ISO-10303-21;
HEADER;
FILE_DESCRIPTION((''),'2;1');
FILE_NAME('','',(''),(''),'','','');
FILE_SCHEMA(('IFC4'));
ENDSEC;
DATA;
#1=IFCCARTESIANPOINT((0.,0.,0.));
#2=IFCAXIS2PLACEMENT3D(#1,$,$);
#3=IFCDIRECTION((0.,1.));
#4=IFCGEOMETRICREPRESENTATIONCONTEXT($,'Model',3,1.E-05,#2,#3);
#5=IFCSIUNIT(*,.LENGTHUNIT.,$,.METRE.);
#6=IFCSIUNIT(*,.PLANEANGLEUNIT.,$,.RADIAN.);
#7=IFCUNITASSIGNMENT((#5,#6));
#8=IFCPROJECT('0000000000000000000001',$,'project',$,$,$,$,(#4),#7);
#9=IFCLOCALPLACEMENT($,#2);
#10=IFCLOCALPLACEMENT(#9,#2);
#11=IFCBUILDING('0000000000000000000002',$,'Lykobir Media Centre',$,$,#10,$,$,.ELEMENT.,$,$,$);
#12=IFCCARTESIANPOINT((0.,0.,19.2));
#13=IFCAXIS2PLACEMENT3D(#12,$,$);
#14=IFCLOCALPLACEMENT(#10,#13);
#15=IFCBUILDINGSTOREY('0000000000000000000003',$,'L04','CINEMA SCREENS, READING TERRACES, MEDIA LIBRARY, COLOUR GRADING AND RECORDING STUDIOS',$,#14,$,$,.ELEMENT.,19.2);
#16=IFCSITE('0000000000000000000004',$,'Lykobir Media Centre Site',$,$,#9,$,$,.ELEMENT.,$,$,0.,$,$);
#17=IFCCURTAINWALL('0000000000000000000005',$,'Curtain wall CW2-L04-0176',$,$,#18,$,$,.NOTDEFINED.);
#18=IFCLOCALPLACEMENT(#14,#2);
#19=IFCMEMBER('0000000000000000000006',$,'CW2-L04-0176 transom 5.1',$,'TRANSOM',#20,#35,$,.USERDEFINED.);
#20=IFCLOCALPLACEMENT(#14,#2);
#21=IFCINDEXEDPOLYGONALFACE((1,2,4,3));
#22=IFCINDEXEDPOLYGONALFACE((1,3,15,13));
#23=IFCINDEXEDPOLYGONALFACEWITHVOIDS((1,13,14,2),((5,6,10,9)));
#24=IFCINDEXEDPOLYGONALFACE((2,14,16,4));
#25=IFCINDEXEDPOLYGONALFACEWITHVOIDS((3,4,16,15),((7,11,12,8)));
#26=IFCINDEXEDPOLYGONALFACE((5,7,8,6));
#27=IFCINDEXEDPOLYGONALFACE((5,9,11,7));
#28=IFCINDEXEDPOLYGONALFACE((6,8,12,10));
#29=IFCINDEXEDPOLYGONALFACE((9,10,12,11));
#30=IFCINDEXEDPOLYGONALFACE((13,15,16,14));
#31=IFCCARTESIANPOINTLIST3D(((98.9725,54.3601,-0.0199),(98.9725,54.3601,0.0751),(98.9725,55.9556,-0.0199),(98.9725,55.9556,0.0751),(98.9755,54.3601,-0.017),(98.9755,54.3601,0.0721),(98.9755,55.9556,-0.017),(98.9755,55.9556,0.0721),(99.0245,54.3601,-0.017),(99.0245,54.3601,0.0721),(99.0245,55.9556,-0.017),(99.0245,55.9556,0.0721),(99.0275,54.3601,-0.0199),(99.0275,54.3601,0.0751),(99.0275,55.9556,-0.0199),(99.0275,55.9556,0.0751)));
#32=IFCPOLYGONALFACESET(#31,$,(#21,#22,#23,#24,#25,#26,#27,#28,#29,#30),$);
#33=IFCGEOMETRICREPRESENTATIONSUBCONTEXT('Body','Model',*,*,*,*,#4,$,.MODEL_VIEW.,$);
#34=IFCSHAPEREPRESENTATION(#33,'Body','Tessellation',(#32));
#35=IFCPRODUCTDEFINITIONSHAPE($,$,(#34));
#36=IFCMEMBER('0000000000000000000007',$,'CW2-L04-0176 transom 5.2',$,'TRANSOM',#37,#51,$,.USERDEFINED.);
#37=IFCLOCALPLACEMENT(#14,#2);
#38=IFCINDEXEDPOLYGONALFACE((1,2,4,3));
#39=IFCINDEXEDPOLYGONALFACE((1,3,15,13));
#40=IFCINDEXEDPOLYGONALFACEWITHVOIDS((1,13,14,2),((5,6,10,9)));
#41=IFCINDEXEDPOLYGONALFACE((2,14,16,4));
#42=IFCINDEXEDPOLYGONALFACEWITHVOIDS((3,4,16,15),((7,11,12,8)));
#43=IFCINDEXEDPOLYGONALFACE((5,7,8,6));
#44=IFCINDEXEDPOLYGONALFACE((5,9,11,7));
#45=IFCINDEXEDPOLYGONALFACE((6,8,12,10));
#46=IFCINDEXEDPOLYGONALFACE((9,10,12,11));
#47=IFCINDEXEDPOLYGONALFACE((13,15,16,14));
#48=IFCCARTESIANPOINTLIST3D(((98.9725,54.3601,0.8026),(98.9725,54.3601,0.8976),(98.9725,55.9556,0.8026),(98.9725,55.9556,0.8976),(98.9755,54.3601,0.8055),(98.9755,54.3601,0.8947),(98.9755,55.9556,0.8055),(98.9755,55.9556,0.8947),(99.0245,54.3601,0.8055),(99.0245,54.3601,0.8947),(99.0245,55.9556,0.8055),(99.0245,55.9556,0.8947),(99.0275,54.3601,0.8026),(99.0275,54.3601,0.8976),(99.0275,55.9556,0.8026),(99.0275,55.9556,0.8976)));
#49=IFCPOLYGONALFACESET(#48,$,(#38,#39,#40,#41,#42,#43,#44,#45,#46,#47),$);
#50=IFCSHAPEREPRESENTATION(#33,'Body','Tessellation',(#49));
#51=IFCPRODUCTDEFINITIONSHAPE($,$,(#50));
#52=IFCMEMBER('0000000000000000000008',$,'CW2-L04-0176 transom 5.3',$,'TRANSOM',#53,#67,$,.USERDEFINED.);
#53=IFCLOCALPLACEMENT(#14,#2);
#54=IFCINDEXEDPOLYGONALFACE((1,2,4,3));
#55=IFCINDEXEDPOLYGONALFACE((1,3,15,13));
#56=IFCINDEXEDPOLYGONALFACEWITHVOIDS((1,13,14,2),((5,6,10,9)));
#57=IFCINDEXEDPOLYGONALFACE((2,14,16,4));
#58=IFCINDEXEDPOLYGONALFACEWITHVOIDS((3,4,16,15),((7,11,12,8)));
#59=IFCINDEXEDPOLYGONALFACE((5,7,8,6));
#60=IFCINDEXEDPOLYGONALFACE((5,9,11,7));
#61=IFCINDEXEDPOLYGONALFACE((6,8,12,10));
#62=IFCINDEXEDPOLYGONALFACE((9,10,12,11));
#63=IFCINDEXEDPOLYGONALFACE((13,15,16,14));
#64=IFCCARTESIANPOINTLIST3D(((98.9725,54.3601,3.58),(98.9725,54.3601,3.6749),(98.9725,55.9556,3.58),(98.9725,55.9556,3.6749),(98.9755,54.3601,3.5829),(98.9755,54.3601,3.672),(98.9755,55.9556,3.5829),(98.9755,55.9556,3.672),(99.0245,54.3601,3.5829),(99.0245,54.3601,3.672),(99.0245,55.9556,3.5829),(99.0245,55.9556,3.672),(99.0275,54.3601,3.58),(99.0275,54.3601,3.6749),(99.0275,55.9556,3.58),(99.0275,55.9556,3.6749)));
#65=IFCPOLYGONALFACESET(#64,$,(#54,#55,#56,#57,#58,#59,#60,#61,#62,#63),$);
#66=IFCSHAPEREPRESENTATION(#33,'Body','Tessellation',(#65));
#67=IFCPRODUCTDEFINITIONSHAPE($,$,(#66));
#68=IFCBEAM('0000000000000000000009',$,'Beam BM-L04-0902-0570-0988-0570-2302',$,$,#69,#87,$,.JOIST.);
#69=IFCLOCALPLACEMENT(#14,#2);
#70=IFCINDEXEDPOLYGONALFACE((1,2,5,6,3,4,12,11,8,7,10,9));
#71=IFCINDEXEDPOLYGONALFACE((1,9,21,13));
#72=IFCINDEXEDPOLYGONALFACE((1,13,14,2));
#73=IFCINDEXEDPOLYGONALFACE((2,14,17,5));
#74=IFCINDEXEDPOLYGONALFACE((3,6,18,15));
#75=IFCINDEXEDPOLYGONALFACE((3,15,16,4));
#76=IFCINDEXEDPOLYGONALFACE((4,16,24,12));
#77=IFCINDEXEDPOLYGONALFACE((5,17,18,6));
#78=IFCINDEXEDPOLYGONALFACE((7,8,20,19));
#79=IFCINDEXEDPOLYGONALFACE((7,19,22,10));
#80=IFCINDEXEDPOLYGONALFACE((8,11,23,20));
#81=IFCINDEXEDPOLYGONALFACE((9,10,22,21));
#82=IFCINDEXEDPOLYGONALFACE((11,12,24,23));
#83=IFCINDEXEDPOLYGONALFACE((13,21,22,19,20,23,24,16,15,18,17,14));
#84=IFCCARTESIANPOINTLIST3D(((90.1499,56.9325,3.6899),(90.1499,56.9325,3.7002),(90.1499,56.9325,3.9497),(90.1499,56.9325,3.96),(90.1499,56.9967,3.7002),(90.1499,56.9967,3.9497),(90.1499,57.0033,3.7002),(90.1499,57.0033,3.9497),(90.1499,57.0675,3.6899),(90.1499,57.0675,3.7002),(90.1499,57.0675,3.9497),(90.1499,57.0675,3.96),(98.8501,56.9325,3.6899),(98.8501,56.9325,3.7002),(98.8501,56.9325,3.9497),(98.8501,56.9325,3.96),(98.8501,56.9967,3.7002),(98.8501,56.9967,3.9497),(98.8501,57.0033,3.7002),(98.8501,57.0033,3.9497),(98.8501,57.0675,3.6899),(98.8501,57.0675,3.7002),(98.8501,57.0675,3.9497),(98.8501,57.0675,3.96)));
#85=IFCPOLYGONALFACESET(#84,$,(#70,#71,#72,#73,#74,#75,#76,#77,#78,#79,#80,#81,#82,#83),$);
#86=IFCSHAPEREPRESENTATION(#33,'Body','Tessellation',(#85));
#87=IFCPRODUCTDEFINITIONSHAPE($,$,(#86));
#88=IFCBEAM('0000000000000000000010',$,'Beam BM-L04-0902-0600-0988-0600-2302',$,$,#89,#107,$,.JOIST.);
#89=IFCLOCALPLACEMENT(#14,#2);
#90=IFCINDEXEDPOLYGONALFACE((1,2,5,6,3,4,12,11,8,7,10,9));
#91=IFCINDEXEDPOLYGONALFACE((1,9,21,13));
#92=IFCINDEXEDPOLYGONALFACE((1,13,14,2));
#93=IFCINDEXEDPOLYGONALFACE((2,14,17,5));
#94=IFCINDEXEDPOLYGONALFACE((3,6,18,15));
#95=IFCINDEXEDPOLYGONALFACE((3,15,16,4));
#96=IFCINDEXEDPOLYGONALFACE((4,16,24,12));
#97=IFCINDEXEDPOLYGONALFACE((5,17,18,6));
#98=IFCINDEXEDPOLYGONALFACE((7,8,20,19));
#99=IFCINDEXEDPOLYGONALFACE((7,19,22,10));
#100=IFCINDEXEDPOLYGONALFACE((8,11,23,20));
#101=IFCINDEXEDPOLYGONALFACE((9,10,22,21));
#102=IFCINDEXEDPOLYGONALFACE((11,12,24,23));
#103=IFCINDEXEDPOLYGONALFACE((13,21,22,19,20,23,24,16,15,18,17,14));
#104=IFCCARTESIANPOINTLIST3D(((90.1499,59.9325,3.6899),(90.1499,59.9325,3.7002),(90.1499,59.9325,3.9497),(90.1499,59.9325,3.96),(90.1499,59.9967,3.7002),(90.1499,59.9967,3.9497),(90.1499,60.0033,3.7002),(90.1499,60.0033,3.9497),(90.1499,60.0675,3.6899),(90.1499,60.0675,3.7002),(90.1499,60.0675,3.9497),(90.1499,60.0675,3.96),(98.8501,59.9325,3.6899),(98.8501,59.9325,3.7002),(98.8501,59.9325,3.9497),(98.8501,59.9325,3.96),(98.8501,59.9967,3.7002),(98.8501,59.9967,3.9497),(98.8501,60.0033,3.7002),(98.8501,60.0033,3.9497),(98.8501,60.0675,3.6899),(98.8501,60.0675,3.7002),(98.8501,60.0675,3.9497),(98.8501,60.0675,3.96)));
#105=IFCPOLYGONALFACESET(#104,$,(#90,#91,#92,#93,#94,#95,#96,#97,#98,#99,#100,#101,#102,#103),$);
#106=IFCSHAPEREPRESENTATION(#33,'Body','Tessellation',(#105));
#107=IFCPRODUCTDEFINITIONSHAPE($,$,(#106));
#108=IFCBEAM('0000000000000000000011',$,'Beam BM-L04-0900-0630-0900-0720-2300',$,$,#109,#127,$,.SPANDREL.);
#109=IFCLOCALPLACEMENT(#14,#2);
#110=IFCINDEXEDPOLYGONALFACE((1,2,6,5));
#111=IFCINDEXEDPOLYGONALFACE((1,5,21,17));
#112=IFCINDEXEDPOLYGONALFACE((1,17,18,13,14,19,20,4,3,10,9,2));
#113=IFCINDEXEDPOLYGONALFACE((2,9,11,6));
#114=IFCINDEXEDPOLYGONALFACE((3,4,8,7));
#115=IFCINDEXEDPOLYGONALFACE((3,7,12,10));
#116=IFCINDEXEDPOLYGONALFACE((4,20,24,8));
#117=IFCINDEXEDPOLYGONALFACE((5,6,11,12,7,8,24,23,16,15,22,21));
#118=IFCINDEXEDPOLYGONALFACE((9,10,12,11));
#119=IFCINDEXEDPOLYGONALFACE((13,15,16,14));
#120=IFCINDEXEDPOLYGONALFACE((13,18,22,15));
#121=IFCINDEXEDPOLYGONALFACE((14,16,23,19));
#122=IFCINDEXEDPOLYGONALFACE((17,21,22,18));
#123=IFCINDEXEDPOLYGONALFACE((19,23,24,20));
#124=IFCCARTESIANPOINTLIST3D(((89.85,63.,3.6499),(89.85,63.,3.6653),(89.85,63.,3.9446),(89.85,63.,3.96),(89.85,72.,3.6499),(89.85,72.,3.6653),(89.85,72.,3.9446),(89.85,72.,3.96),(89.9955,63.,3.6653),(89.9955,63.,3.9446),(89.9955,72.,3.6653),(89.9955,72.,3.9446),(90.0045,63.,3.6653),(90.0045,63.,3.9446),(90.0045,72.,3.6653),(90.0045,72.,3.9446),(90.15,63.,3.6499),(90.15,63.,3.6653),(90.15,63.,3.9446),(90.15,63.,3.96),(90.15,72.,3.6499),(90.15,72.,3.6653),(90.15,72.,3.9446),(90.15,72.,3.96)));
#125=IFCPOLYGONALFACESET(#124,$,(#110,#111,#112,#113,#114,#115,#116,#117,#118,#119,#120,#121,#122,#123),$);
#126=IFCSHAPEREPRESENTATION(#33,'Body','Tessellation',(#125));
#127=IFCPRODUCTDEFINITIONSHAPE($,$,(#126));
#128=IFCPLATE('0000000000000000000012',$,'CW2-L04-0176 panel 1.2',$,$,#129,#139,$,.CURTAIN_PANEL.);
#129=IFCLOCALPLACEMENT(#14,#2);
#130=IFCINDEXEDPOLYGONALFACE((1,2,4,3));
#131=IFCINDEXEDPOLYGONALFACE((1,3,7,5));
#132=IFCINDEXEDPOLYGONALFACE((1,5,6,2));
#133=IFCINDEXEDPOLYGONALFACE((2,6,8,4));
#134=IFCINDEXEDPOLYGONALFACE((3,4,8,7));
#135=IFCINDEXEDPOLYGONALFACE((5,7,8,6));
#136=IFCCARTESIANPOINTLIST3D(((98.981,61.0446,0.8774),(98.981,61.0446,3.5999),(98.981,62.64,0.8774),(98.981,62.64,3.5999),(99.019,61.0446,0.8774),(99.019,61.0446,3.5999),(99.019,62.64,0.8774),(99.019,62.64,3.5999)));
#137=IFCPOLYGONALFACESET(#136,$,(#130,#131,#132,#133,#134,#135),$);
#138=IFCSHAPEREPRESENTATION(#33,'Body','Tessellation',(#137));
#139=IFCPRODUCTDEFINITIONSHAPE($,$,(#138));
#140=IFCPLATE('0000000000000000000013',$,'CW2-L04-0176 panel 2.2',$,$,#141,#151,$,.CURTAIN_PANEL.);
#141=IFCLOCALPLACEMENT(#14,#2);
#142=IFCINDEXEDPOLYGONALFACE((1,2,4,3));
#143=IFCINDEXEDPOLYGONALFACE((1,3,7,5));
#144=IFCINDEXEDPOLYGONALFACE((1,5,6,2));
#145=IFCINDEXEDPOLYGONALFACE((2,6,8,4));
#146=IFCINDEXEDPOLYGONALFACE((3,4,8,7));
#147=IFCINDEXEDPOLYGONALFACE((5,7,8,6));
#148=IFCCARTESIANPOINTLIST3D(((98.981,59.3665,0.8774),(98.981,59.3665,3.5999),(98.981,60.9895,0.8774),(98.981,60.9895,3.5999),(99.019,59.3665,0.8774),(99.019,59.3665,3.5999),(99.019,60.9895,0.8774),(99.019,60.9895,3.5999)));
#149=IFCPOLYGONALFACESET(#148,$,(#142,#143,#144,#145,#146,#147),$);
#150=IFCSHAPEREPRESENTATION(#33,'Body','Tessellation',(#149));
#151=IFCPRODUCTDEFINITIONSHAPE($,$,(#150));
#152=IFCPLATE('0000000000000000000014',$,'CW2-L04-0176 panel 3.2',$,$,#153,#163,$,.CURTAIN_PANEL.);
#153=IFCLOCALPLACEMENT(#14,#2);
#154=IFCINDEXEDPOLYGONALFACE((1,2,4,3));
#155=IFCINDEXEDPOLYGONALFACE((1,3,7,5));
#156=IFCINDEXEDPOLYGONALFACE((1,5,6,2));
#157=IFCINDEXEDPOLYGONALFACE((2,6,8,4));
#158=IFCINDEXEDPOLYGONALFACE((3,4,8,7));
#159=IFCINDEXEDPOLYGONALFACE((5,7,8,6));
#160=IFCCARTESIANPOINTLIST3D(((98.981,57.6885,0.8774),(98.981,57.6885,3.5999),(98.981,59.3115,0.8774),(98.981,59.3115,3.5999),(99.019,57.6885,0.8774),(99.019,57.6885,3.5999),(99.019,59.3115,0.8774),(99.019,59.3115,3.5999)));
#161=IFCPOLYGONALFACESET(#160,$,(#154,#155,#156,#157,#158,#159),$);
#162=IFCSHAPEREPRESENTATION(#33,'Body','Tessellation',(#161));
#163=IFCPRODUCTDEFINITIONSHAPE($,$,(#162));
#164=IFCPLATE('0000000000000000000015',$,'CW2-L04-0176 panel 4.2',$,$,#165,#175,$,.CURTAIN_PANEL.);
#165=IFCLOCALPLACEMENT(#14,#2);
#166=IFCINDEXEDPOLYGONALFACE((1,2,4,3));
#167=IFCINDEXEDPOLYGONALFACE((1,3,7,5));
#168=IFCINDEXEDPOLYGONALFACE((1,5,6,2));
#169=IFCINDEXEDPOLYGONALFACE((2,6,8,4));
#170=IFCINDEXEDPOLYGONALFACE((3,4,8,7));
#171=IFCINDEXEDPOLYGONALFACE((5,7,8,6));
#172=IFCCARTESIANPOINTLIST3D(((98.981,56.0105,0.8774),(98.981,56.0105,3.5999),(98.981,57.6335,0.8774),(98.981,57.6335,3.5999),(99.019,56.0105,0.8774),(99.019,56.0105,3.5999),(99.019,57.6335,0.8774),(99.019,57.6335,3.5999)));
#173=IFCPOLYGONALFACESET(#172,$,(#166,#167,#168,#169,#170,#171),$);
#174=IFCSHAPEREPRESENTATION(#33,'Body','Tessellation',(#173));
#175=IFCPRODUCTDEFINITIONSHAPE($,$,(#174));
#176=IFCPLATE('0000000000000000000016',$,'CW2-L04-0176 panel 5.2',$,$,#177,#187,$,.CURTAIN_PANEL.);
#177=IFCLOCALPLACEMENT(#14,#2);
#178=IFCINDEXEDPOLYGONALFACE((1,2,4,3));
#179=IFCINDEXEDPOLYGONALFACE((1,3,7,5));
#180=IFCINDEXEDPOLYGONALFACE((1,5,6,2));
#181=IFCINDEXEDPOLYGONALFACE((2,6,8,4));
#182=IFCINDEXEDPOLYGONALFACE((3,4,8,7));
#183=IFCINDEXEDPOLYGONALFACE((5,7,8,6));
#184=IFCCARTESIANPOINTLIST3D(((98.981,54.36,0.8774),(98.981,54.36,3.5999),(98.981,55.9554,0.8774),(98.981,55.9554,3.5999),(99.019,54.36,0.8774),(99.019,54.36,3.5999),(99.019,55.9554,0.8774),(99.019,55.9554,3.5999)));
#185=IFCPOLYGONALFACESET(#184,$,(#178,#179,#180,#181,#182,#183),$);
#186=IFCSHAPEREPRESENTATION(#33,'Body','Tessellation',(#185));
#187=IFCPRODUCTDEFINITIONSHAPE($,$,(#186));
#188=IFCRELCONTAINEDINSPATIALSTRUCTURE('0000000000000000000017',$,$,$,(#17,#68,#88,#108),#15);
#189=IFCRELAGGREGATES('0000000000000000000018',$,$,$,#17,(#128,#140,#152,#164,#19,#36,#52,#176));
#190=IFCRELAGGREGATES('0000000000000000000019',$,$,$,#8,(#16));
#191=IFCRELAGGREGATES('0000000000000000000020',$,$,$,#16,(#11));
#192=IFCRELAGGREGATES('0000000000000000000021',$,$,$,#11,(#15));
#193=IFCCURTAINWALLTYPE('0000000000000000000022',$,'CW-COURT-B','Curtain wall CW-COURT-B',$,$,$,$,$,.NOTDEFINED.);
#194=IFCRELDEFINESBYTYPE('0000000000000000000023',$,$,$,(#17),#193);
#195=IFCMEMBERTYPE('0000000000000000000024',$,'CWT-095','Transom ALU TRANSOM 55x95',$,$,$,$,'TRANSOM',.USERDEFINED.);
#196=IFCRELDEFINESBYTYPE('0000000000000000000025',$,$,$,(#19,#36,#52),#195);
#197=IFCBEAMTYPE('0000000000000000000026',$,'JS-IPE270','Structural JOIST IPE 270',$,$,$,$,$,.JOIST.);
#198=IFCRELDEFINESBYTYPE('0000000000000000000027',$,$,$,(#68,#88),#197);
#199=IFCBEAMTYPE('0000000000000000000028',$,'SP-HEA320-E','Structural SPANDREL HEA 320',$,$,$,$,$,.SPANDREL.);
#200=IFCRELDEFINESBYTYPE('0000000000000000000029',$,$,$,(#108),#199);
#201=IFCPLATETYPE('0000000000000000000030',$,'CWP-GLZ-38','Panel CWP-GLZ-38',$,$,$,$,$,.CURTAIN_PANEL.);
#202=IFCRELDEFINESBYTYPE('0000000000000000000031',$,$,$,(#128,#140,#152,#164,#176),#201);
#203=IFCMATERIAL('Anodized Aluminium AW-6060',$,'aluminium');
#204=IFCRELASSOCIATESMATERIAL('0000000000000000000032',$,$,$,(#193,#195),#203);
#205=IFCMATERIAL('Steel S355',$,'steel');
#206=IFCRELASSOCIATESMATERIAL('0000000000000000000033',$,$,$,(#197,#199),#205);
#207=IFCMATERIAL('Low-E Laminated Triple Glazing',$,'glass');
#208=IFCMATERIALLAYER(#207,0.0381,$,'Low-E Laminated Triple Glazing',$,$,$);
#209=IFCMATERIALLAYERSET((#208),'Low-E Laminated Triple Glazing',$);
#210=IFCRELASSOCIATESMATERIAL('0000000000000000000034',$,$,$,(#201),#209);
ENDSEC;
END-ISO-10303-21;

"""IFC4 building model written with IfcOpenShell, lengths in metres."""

from ifc_helpers import new_model, si_unit, direction, frame, origin, origin_2d, place, context, subcontext, project, spatial, rectangle, hollow_rectangle, i_section, extrude, material, layer, layer_set, material_profile, profile_set, type_object, element, aggregate, save


model = new_model("IFC4")

# Units and contexts
model_context = context("Model", 3, precision=1e-05, world=origin(), true_north=direction((0.0, 1.0)))
body_context = subcontext(model_context, "Body", "Model", "MODEL_VIEW")
ifc_project = project(units=[si_unit("LENGTHUNIT", "METRE"), si_unit("PLANEANGLEUNIT", "RADIAN")], contexts=[model_context])

# Site, building, storey
site_placement = place(None, origin())
site = spatial("IfcSite", under=ifc_project, at=site_placement, Name="Lykobir Media Centre Site", CompositionType="ELEMENT", RefElevation=0.0)
building_placement = place(site_placement, origin())
building = spatial("IfcBuilding", under=site, at=building_placement, Name="Lykobir Media Centre", CompositionType="ELEMENT")
storey_placement = place(building_placement, frame((0.0, 0.0, 19.2)))
storey = spatial("IfcBuildingStorey", under=building, at=storey_placement, Name="L04", Description="CINEMA SCREENS, READING TERRACES, MEDIA LIBRARY, COLOUR GRADING AND RECORDING STUDIOS", CompositionType="ELEMENT", Elevation=19.2)

# Shared definitions
ifc_material_1 = material(Name="Steel S355", Category="steel")

# Curtain wall
ifc_material_2 = material(Name="Anodized Aluminium AW-6060", Category="aluminium")
curtain_wall_type = type_object("IfcCurtainWallType", Name="CW-COURT-B", Description="Curtain wall CW-COURT-B", PredefinedType="NOTDEFINED", material=ifc_material_2)
curtain_wall_1_placement = place(storey_placement, origin())
curtain_wall_1 = element("IfcCurtainWall", 1, at=curtain_wall_1_placement, inside=storey, type_object=curtain_wall_type, Name="Curtain wall CW2-L04-0176", PredefinedType="NOTDEFINED")

# Members
ifc_material_profile_1 = material_profile(ifc_material_2, hollow_rectangle(XDim=0.0549, YDim=0.095, WallThickness=0.0029, at=origin_2d()), Name="ALU TRANSOM 55x95")
ifc_profile_set_1 = profile_set([ifc_material_profile_1], Name="Anodized Aluminium AW-6060")
member_type_1 = type_object("IfcMemberType", Name="CWT-095", Description="Transom ALU TRANSOM 55x95", ElementType="TRANSOM", PredefinedType="USERDEFINED", material=ifc_profile_set_1)
member_1_placement = place(storey_placement, frame((99.0, 55.9556, 0.0276), z_axis=(0.0, -1.0, 0.0), x_axis=(1.0, 0.0, 0.0)))
member_1 = element("IfcMember", 2, at=member_1_placement, type_object=member_type_1, Name="CW2-L04-0176 transom 5.1", ObjectType="TRANSOM", PredefinedType="USERDEFINED", context=body_context, shape_type="SweptSolid", body=[
    extrude(hollow_rectangle(XDim=0.0549, YDim=0.095, WallThickness=0.0029, at=origin_2d()), origin(), (0.0, 0.0, 1.0), 1.5955),
])
member_2_placement = place(storey_placement, frame((99.0, 55.9556, 0.8501), z_axis=(0.0, -1.0, 0.0), x_axis=(1.0, 0.0, 0.0)))
member_2 = element("IfcMember", 3, at=member_2_placement, type_object=member_type_1, Name="CW2-L04-0176 transom 5.2", ObjectType="TRANSOM", PredefinedType="USERDEFINED", context=body_context, shape_type="SweptSolid", body=[
    extrude(hollow_rectangle(XDim=0.0549, YDim=0.095, WallThickness=0.0029, at=origin_2d()), origin(), (0.0, 0.0, 1.0), 1.5955),
])
member_3_placement = place(storey_placement, frame((99.0, 55.9556, 3.6274), z_axis=(0.0, -1.0, 0.0), x_axis=(1.0, 0.0, 0.0)))
member_3 = element("IfcMember", 4, at=member_3_placement, type_object=member_type_1, Name="CW2-L04-0176 transom 5.3", ObjectType="TRANSOM", PredefinedType="USERDEFINED", context=body_context, shape_type="SweptSolid", body=[
    extrude(hollow_rectangle(XDim=0.0549, YDim=0.095, WallThickness=0.0029, at=origin_2d()), origin(), (0.0, 0.0, 1.0), 1.5955),
])

# Beams
ifc_material_profile_2 = material_profile(ifc_material_1, i_section(OverallWidth=0.135, OverallDepth=0.27, WebThickness=0.0066, FlangeThickness=0.0103, at=origin_2d()), Name="IPE 270")
ifc_profile_set_2 = profile_set([ifc_material_profile_2], Name="Steel S355")
beam_type_1 = type_object("IfcBeamType", Name="JS-IPE270", Description="Structural JOIST IPE 270", PredefinedType="JOIST", material=ifc_profile_set_2)
for number, where, z_axis, x_axis, name in (
    (5, (90.1499, 57.0, 3.825), (1.0, 0.0, 0.0), (0.0, 1.0, 0.0), "Beam BM-L04-0902-0570-0988-0570-2302"),
    (6, (90.1499, 60.0, 3.825), (1.0, 0.0, 0.0), (0.0, 1.0, 0.0), "Beam BM-L04-0902-0600-0988-0600-2302"),
):
    element("IfcBeam", number, at=place(storey_placement, frame(where, z_axis=z_axis, x_axis=x_axis)), inside=storey, type_object=beam_type_1, Name=name, PredefinedType="JOIST", context=body_context, shape_type="SweptSolid", body=[
        extrude(i_section(OverallWidth=0.135, OverallDepth=0.27, WebThickness=0.0066, FlangeThickness=0.0103, at=origin_2d()), origin(), (0.0, 0.0, 1.0), 8.7002),
    ])
ifc_material_profile_3 = material_profile(ifc_material_1, i_section(OverallWidth=0.3, OverallDepth=0.3101, WebThickness=0.009, FlangeThickness=0.0154, at=origin_2d()), Name="HEA 320")
ifc_profile_set_3 = profile_set([ifc_material_profile_3], Name="Steel S355")
beam_type_2 = type_object("IfcBeamType", Name="SP-HEA320-E", Description="Structural SPANDREL HEA 320", PredefinedType="SPANDREL", material=ifc_profile_set_3)
beam_1_placement = place(storey_placement, frame((90.0, 63.0, 3.8049), z_axis=(0.0, 1.0, 0.0), x_axis=(-1.0, 0.0, 0.0)))
element("IfcBeam", 7, at=beam_1_placement, inside=storey, type_object=beam_type_2, Name="Beam BM-L04-0900-0630-0900-0720-2300", PredefinedType="SPANDREL", context=body_context, shape_type="SweptSolid", body=[
    extrude(i_section(OverallWidth=0.3, OverallDepth=0.3101, WebThickness=0.009, FlangeThickness=0.0154, at=origin_2d()), origin(), (0.0, 0.0, 1.0), 9.0),
])

# Plates
ifc_material_3 = material(Name="Low-E Laminated Triple Glazing", Category="glass")
ifc_layer_1 = layer(ifc_material_3, 0.0381, Name="Low-E Laminated Triple Glazing")
ifc_layer_set_1 = layer_set([ifc_layer_1], Name="Low-E Laminated Triple Glazing")
plate_type_1 = type_object("IfcPlateType", Name="CWP-GLZ-38", Description="Panel CWP-GLZ-38", PredefinedType="CURTAIN_PANEL", material=ifc_layer_set_1)
plate_1_placement = place(storey_placement, frame((99.0, 61.8423, 0.8774), z_axis=(0.0, 0.0, 1.0), x_axis=(0.0, -1.0, 0.0)))
plate_1 = element("IfcPlate", 8, at=plate_1_placement, type_object=plate_type_1, Name="CW2-L04-0176 panel 1.2", PredefinedType="CURTAIN_PANEL", context=body_context, shape_type="SweptSolid", body=[
    extrude(rectangle(XDim=1.5955, YDim=0.0381, at=origin_2d()), origin(), (0.0, 0.0, 1.0), 2.7224),
])
plate_2_placement = place(storey_placement, frame((99.0, 60.178, 0.8774), z_axis=(0.0, 0.0, 1.0), x_axis=(0.0, -1.0, 0.0)))
plate_2 = element("IfcPlate", 9, at=plate_2_placement, type_object=plate_type_1, Name="CW2-L04-0176 panel 2.2", PredefinedType="CURTAIN_PANEL", context=body_context, shape_type="SweptSolid", body=[
    extrude(rectangle(XDim=1.623, YDim=0.0381, at=origin_2d()), origin(), (0.0, 0.0, 1.0), 2.7224),
])
plate_3_placement = place(storey_placement, frame((99.0, 58.5, 0.8774), z_axis=(0.0, 0.0, 1.0), x_axis=(0.0, -1.0, 0.0)))
plate_3 = element("IfcPlate", 10, at=plate_3_placement, type_object=plate_type_1, Name="CW2-L04-0176 panel 3.2", PredefinedType="CURTAIN_PANEL", context=body_context, shape_type="SweptSolid", body=[
    extrude(rectangle(XDim=1.623, YDim=0.0381, at=origin_2d()), origin(), (0.0, 0.0, 1.0), 2.7224),
])
plate_4_placement = place(storey_placement, frame((99.0, 56.822, 0.8774), z_axis=(0.0, 0.0, 1.0), x_axis=(0.0, -1.0, 0.0)))
plate_4 = element("IfcPlate", 11, at=plate_4_placement, type_object=plate_type_1, Name="CW2-L04-0176 panel 4.2", PredefinedType="CURTAIN_PANEL", context=body_context, shape_type="SweptSolid", body=[
    extrude(rectangle(XDim=1.623, YDim=0.0381, at=origin_2d()), origin(), (0.0, 0.0, 1.0), 2.7224),
])
plate_5_placement = place(storey_placement, frame((99.0, 55.1577, 0.8774), z_axis=(0.0, 0.0, 1.0), x_axis=(0.0, -1.0, 0.0)))
plate_5 = element("IfcPlate", 12, at=plate_5_placement, type_object=plate_type_1, Name="CW2-L04-0176 panel 5.2", PredefinedType="CURTAIN_PANEL", context=body_context, shape_type="SweptSolid", body=[
    extrude(rectangle(XDim=1.5955, YDim=0.0381, at=origin_2d()), origin(), (0.0, 0.0, 1.0), 2.7224),
])
aggregate(curtain_wall_1, [plate_1, plate_2, plate_3, plate_4, member_1, member_2, member_3, plate_5])

save(model, "model.ifc")
